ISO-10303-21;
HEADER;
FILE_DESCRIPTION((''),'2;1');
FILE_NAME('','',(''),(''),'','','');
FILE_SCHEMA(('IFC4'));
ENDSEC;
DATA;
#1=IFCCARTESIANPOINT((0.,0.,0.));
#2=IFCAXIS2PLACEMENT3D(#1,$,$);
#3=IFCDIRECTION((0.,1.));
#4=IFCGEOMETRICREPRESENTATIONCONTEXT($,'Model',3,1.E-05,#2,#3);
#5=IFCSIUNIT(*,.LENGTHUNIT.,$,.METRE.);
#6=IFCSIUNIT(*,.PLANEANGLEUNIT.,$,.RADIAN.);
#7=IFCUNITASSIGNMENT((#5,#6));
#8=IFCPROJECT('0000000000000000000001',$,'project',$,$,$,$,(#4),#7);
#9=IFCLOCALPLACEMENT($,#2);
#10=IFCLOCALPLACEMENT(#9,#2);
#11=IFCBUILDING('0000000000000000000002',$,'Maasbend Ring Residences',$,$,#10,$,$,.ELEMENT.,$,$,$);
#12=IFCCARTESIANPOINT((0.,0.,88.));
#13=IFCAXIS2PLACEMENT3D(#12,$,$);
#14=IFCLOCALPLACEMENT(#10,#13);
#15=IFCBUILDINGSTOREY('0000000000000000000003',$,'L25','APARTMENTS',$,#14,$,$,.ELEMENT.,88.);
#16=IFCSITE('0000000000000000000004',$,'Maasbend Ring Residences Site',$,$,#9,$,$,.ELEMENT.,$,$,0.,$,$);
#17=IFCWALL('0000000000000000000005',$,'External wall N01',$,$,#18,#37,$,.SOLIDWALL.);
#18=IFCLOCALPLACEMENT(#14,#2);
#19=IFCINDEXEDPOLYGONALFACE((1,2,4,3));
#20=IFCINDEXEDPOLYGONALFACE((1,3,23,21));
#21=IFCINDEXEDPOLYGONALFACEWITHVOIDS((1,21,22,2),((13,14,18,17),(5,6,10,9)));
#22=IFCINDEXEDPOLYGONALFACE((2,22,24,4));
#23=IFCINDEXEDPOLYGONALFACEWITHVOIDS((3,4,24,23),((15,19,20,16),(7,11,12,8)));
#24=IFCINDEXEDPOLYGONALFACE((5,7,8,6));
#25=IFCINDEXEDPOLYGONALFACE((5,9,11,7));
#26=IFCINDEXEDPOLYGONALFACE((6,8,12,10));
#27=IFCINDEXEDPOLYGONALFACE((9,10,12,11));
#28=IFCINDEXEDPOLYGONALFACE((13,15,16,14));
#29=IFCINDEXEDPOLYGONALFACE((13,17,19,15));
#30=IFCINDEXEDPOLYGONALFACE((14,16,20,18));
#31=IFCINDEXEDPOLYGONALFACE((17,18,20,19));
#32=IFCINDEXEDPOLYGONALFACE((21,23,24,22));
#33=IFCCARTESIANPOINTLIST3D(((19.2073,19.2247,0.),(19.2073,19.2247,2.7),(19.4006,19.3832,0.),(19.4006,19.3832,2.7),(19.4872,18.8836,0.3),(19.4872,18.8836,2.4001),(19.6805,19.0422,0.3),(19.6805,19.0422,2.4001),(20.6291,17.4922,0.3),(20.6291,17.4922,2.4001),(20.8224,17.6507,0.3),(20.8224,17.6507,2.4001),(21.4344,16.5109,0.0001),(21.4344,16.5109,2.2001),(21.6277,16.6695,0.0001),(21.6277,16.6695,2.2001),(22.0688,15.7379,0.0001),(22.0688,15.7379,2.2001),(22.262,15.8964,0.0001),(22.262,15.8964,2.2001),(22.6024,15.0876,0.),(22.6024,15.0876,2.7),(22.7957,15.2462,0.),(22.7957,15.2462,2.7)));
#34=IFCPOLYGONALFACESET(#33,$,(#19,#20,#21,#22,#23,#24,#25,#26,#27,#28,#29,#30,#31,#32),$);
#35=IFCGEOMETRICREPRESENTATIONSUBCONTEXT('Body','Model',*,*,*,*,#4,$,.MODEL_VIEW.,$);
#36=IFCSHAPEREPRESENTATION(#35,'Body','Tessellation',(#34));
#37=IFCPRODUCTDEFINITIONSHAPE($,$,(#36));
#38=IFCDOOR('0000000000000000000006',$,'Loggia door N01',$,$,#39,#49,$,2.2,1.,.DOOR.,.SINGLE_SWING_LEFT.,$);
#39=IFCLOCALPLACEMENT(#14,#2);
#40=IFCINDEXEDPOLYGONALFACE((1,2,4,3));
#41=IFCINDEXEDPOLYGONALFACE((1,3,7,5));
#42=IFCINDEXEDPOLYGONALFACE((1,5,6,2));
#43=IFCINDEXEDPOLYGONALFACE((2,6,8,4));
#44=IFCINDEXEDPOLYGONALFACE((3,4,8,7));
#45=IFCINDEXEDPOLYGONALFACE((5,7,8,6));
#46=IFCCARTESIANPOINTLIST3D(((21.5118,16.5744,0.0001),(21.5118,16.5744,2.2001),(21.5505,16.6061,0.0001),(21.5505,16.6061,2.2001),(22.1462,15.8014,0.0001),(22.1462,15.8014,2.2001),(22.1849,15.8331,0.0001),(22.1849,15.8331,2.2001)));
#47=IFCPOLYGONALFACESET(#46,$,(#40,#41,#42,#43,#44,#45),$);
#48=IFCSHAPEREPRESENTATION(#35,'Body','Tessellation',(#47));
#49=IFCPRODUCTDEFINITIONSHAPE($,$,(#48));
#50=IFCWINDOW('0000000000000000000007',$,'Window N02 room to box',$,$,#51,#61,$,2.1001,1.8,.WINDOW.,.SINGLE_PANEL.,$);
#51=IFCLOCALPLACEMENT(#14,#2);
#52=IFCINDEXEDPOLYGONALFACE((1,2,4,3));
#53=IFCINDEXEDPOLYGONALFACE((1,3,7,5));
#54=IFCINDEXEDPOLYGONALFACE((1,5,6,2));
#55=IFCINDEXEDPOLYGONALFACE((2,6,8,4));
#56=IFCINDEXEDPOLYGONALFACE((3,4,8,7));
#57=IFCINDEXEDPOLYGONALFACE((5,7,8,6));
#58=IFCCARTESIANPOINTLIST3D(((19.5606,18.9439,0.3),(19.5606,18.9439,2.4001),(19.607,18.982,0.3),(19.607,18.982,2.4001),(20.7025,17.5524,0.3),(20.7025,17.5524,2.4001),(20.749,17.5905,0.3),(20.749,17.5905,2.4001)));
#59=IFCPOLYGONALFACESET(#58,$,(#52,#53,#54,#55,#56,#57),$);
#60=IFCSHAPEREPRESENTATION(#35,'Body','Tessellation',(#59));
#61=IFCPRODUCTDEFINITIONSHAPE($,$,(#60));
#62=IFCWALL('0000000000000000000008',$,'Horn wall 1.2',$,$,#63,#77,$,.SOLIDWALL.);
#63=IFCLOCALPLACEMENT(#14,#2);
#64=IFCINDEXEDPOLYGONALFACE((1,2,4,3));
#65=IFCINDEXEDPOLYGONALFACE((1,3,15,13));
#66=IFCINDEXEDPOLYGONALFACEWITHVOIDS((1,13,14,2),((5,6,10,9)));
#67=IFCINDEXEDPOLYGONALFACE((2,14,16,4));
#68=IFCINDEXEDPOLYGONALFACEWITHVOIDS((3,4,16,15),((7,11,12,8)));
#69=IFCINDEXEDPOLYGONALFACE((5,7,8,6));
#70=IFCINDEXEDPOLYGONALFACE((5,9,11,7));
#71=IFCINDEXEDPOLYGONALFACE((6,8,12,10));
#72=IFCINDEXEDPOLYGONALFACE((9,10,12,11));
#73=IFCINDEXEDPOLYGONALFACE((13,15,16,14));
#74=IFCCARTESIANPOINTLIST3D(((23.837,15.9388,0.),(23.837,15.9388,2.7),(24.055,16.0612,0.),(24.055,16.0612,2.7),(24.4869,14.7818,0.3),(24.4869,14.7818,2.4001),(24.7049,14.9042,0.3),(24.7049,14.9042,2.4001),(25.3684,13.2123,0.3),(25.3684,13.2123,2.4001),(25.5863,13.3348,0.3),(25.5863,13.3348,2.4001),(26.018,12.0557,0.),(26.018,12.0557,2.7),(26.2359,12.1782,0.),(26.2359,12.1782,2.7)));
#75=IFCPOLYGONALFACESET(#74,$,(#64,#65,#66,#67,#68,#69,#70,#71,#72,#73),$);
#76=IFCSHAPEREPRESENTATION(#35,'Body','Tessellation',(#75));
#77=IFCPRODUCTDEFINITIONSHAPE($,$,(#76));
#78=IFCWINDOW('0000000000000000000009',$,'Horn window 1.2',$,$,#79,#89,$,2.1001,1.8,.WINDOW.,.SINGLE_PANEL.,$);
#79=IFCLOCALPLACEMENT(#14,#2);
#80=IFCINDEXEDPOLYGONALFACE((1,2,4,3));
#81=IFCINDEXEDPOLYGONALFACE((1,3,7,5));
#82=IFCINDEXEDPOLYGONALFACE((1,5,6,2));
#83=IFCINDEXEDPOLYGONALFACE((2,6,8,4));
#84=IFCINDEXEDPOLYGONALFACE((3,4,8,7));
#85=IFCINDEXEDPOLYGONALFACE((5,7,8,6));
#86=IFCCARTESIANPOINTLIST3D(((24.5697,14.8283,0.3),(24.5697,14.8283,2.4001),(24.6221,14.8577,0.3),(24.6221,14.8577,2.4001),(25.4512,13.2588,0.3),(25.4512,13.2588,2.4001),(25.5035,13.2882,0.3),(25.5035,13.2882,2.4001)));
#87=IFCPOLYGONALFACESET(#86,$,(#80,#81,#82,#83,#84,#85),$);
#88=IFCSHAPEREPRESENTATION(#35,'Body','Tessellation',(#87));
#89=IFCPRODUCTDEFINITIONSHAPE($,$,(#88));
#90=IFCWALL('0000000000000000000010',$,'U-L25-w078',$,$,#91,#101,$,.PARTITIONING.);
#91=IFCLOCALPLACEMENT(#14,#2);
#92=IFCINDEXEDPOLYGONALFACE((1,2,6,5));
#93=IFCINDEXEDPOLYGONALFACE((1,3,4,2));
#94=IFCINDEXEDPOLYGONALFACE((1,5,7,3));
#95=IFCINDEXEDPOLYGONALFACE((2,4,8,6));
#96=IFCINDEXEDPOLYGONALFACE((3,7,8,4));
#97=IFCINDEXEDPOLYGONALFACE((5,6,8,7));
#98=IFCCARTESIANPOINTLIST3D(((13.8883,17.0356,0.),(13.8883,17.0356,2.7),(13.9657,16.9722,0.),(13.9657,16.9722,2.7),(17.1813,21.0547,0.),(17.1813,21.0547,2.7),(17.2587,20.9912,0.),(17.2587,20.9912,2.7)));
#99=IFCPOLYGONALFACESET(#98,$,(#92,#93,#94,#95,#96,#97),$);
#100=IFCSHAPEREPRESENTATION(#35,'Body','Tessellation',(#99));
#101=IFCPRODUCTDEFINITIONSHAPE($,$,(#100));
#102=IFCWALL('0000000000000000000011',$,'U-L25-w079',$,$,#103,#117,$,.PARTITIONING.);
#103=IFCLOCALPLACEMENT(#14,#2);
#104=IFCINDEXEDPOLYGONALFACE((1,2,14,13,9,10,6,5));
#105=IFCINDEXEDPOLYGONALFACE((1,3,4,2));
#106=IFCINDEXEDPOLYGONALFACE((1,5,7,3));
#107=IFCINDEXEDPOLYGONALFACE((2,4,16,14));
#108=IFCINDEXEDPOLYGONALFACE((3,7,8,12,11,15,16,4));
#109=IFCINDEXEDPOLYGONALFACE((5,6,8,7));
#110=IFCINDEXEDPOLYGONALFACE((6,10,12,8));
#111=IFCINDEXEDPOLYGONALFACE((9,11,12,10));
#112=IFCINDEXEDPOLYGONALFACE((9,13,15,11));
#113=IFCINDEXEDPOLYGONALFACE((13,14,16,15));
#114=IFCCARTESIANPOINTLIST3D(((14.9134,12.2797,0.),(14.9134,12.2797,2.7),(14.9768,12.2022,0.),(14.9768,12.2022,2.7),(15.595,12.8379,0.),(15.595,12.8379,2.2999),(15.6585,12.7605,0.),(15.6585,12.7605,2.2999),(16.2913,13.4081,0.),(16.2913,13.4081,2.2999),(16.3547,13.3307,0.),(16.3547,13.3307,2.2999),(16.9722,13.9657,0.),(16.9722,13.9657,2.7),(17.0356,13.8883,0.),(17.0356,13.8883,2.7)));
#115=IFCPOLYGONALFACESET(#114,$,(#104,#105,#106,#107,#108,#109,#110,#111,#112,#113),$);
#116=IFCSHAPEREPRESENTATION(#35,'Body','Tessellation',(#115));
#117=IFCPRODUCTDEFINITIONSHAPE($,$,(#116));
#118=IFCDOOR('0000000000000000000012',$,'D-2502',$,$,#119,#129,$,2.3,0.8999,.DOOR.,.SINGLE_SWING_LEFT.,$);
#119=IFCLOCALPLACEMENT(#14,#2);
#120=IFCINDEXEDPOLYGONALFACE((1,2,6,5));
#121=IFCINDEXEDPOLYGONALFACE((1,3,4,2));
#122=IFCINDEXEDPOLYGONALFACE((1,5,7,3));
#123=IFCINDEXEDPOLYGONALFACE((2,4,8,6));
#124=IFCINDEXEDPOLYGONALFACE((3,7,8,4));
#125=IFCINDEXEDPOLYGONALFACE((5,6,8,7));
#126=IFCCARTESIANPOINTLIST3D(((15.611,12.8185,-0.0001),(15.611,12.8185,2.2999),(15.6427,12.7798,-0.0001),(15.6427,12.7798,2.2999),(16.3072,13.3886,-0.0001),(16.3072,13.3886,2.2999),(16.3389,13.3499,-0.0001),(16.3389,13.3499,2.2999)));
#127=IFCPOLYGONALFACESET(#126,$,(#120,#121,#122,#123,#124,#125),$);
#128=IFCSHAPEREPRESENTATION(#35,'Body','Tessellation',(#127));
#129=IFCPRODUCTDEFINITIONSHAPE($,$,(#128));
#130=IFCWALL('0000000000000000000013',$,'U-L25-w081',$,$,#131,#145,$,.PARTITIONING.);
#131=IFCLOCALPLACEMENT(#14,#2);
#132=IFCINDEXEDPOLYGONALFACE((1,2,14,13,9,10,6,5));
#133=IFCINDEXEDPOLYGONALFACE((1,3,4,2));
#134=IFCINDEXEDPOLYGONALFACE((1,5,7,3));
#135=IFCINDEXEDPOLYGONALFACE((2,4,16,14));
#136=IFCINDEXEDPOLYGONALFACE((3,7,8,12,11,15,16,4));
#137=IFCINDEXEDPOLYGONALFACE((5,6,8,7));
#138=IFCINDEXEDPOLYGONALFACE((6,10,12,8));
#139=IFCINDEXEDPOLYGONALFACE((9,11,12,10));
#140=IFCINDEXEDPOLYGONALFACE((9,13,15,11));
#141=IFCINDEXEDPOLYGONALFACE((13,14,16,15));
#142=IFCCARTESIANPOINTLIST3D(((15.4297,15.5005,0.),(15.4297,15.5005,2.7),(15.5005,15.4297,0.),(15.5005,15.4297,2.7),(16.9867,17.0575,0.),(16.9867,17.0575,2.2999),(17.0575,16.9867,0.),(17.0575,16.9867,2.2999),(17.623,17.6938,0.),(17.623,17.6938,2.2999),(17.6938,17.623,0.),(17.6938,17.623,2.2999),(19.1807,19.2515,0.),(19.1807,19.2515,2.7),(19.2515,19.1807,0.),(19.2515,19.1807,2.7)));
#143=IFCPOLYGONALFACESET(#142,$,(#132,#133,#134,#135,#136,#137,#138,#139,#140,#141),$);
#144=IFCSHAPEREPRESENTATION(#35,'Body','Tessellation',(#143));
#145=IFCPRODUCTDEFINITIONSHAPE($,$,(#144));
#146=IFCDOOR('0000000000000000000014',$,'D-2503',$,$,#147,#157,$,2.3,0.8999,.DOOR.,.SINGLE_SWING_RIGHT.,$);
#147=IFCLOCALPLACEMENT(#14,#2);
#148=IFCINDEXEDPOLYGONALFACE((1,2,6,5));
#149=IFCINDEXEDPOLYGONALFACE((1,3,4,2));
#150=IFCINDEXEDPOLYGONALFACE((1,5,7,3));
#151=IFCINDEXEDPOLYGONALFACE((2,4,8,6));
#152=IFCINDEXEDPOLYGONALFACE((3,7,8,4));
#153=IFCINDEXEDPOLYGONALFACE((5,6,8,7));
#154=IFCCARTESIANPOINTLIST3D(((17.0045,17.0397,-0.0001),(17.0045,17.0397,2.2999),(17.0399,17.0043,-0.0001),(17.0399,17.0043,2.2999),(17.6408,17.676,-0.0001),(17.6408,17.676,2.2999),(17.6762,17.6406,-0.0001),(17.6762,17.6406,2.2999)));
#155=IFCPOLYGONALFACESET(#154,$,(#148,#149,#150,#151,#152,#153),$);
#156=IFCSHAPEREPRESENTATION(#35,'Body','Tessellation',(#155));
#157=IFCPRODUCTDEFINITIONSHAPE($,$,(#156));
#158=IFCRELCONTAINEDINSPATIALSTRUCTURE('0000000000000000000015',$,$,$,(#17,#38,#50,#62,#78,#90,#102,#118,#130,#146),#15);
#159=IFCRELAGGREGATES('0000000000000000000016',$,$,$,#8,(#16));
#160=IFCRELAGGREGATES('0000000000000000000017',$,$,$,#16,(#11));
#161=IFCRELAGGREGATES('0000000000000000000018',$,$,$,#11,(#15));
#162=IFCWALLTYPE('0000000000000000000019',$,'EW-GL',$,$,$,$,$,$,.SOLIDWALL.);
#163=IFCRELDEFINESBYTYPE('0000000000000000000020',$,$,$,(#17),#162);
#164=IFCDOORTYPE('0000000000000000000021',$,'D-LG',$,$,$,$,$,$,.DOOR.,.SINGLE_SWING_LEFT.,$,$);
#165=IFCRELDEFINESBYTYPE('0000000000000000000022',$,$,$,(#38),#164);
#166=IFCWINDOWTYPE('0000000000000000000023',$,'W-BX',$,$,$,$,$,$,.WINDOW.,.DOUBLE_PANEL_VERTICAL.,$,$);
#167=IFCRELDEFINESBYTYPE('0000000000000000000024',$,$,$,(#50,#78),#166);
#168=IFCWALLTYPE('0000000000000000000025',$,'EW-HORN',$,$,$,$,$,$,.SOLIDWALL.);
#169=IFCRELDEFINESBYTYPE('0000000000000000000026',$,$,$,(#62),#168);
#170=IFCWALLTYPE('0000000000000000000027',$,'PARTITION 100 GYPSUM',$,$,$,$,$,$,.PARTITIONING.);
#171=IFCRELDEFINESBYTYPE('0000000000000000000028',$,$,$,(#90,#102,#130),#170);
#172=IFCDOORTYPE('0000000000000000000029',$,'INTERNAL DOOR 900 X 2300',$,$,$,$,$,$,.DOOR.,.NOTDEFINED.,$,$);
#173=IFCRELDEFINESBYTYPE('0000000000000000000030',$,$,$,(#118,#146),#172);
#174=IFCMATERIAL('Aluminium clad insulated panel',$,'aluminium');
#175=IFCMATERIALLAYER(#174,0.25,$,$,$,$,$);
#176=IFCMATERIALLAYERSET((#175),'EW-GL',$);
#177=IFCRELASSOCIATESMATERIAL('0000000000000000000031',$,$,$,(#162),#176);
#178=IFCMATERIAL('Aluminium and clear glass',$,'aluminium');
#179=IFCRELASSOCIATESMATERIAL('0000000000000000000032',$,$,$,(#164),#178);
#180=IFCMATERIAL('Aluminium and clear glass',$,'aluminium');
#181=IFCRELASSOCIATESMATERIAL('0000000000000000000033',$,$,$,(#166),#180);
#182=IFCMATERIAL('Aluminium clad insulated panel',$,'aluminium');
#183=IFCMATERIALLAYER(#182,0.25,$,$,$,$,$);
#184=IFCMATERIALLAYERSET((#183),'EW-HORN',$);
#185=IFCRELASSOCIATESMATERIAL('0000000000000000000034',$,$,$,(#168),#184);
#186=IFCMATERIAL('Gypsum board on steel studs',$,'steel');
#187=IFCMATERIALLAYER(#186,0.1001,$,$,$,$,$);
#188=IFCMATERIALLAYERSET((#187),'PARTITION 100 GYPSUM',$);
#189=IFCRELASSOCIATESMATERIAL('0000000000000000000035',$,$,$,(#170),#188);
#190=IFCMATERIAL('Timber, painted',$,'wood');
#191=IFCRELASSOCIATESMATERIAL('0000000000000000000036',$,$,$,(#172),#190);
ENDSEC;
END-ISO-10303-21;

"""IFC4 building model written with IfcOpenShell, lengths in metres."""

from ifc_helpers import new_model, si_unit, direction, frame, frame_2d, origin, place, context, subcontext, project, spatial, rectangle, extrude, material, layer, layer_set, type_object, element, fill, save


model = new_model("IFC4")

# Units and contexts
model_context = context("Model", 3, precision=1e-05, world=origin(), true_north=direction((0.0, 1.0)))
body_context = subcontext(model_context, "Body", "Model", "MODEL_VIEW")
ifc_project = project(units=[si_unit("LENGTHUNIT", "METRE"), si_unit("PLANEANGLEUNIT", "RADIAN")], contexts=[model_context])

# Site, building, storey
site_placement = place(None, origin())
site = spatial("IfcSite", under=ifc_project, at=site_placement, Name="Maasbend Ring Residences Site", CompositionType="ELEMENT", RefElevation=0.0)
building_placement = place(site_placement, origin())
building = spatial("IfcBuilding", under=site, at=building_placement, Name="Maasbend Ring Residences", CompositionType="ELEMENT")
storey_placement = place(building_placement, frame((0.0, 0.0, 88.0)))
storey = spatial("IfcBuildingStorey", under=building, at=storey_placement, Name="L25", Description="APARTMENTS", CompositionType="ELEMENT", Elevation=88.0)

# Wall, openings, door, window
ifc_material_1 = material(Name="Aluminium clad insulated panel", Category="aluminium")
ifc_layer_1 = layer(ifc_material_1, 0.25)
ifc_layer_set_1 = layer_set([ifc_layer_1], Name="EW-GL")
wall_type_1 = type_object("IfcWallType", Name="EW-GL", PredefinedType="SOLIDWALL", material=ifc_layer_set_1)
wall_1_placement = place(storey_placement, frame((22.699, 15.167, 0.0), z_axis=(0.0, 0.0, 1.0), x_axis=(-0.634382, 0.773019, 0.0)))
wall_1 = element("IfcWall", 1, at=wall_1_placement, inside=storey, type_object=wall_type_1, Name="External wall N01", PredefinedType="SOLIDWALL", context=body_context, shape_type="SweptSolid", body=[
    extrude(rectangle(XDim=5.3518, YDim=0.25, at=frame_2d((2.6758, 0.0))), origin(), (0.0, 0.0, 1.0), 2.7),
])
opening_1_placement = place(wall_1_placement, frame((0.8411, 0.0, 0.0)))
opening_1 = element("IfcOpeningElement", 2, at=opening_1_placement, cuts=wall_1, PredefinedType="OPENING", context=body_context, shape_type="SweptSolid", body=[
    extrude(rectangle(XDim=1.0, YDim=2.2, at=frame_2d((0.5, 1.1001))), frame((0.0, 0.135, 0.0), z_axis=(0.0, -1.0, 0.0), x_axis=(1.0, 0.0, 0.0)), (0.0, 0.0, 1.0), 0.27),
])
opening_2_placement = place(wall_1_placement, frame((3.1106, 0.0, 0.3)))
opening_2 = element("IfcOpeningElement", 3, at=opening_2_placement, cuts=wall_1, PredefinedType="OPENING", context=body_context, shape_type="SweptSolid", body=[
    extrude(rectangle(XDim=1.8, YDim=2.1001, at=frame_2d((0.8999, 1.05))), frame((0.0, 0.135, 0.0), z_axis=(0.0, -1.0, 0.0), x_axis=(1.0, 0.0, 0.0)), (0.0, 0.0, 1.0), 0.27),
])
ifc_material_2 = material(Name="Aluminium and clear glass", Category="aluminium")
door_type_1 = type_object("IfcDoorType", Name="D-LG", OperationType="SINGLE_SWING_LEFT", PredefinedType="DOOR", material=ifc_material_2)
door_1_placement = place(opening_1_placement, origin())
door_1 = element("IfcDoor", 4, at=door_1_placement, inside=storey, type_object=door_type_1, Name="Loggia door N01", OperationType="SINGLE_SWING_LEFT", OverallHeight=2.2, OverallWidth=1.0, PredefinedType="DOOR", context=body_context, shape_type="SweptSolid", body=[
    extrude(rectangle(XDim=1.0, YDim=2.2, at=frame_2d((0.5, 1.1001))), frame((0.0, 0.0249, 0.0), z_axis=(0.0, -1.0, 0.0), x_axis=(1.0, 0.0, 0.0)), (0.0, 0.0, 1.0), 0.05),
])
fill(opening_1, door_1)
ifc_material_3 = material(Name="Aluminium and clear glass", Category="aluminium")
window_type = type_object("IfcWindowType", Name="W-BX", PartitioningType="DOUBLE_PANEL_VERTICAL", PredefinedType="WINDOW", material=ifc_material_3)
window_1_placement = place(opening_2_placement, origin())
window_1 = element("IfcWindow", 5, at=window_1_placement, inside=storey, type_object=window_type, Name="Window N02 room to box", OverallHeight=2.1001, OverallWidth=1.8, PartitioningType="SINGLE_PANEL", PredefinedType="WINDOW", context=body_context, shape_type="SweptSolid", body=[
    extrude(rectangle(XDim=1.8, YDim=2.1001, at=frame_2d((0.8999, 1.05))), frame((0.0, 0.03, 0.0), z_axis=(0.0, -1.0, 0.0), x_axis=(1.0, 0.0, 0.0)), (0.0, 0.0, 1.0), 0.0601),
])
fill(opening_2, window_1)

# Wall, opening, window
ifc_material_4 = material(Name="Aluminium clad insulated panel", Category="aluminium")
ifc_layer_2 = layer(ifc_material_4, 0.25)
ifc_layer_set_2 = layer_set([ifc_layer_2], Name="EW-HORN")
wall_type_2 = type_object("IfcWallType", Name="EW-HORN", PredefinedType="SOLIDWALL", material=ifc_layer_set_2)
wall_2_placement = place(storey_placement, frame((26.127, 12.1169, 0.0), z_axis=(0.0, 0.0, 1.0), x_axis=(-0.489696, 0.871893, 0.0)))
wall_2 = element("IfcWall", 6, at=wall_2_placement, inside=storey, type_object=wall_type_2, Name="Horn wall 1.2", PredefinedType="SOLIDWALL", context=body_context, shape_type="SweptSolid", body=[
    extrude(rectangle(XDim=4.4536, YDim=0.25, at=frame_2d((2.2268, 0.0))), origin(), (0.0, 0.0, 1.0), 2.7),
])
opening_3_placement = place(wall_2_placement, frame((1.3267, 0.0, 0.3)))
opening_3 = element("IfcOpeningElement", 7, at=opening_3_placement, cuts=wall_2, PredefinedType="OPENING", context=body_context, shape_type="SweptSolid", body=[
    extrude(rectangle(XDim=1.8, YDim=2.1001, at=frame_2d((0.8999, 1.05))), frame((0.0, 0.135, 0.0), z_axis=(0.0, -1.0, 0.0), x_axis=(1.0, 0.0, 0.0)), (0.0, 0.0, 1.0), 0.27),
])
window_2_placement = place(opening_3_placement, origin())
window_2 = element("IfcWindow", 8, at=window_2_placement, inside=storey, type_object=window_type, Name="Horn window 1.2", OverallHeight=2.1001, OverallWidth=1.8, PartitioningType="SINGLE_PANEL", PredefinedType="WINDOW", context=body_context, shape_type="SweptSolid", body=[
    extrude(rectangle(XDim=1.8, YDim=2.1001, at=frame_2d((0.8999, 1.05))), frame((0.0, 0.03, 0.0), z_axis=(0.0, -1.0, 0.0), x_axis=(1.0, 0.0, 0.0)), (0.0, 0.0, 1.0), 0.0601),
])
fill(opening_3, window_2)

# Wall
ifc_material_5 = material(Name="Gypsum board on steel studs", Category="steel")
ifc_layer_3 = layer(ifc_material_5, 0.1001)
ifc_layer_set_3 = layer_set([ifc_layer_3], Name="PARTITION 100 GYPSUM")
wall_type_3 = type_object("IfcWallType", Name="PARTITION 100 GYPSUM", PredefinedType="PARTITIONING", material=ifc_layer_set_3)
wall_3_placement = place(storey_placement, frame((13.927, 17.0039, 0.0), z_axis=(0.0, 0.0, 1.0), x_axis=(0.633775, 0.773517, 0.0)))
element("IfcWall", 9, at=wall_3_placement, inside=storey, type_object=wall_type_3, Name="U-L25-w078", PredefinedType="PARTITIONING", context=body_context, shape_type="SweptSolid", body=[
    extrude(rectangle(XDim=5.1958, YDim=0.1001, at=frame_2d((2.5979, 0.0))), origin(), (0.0, 0.0, 1.0), 2.7),
])

# Walls, openings, doors
wall_4_placement = place(storey_placement, frame((14.9451, 12.241, 0.0), z_axis=(0.0, 0.0, 1.0), x_axis=(0.773675, 0.633582, 0.0)))
wall_4 = element("IfcWall", 10, at=wall_4_placement, inside=storey, type_object=wall_type_3, Name="U-L25-w079", PredefinedType="PARTITIONING", context=body_context, shape_type="SweptSolid", body=[
    extrude(rectangle(XDim=2.6611, YDim=0.1001, at=frame_2d((1.3306, 0.0))), origin(), (0.0, 0.0, 1.0), 2.7),
])
opening_4_placement = place(wall_4_placement, frame((0.8811, 0.0, 0.0)))
opening_4 = element("IfcOpeningElement", 11, at=opening_4_placement, cuts=wall_4, PredefinedType="OPENING", context=body_context, shape_type="SweptSolid", body=[
    extrude(rectangle(XDim=0.8999, YDim=2.3, at=frame_2d((0.45, 1.1499))), frame((0.0, 0.0601, 0.0), z_axis=(0.0, -1.0, 0.0), x_axis=(1.0, 0.0, 0.0)), (0.0, 0.0, 1.0), 0.1201),
])
ifc_material_6 = material(Name="Timber, painted", Category="wood")
door_type_2 = type_object("IfcDoorType", Name="INTERNAL DOOR 900 X 2300", OperationType="NOTDEFINED", PredefinedType="DOOR", material=ifc_material_6)
door_2_placement = place(opening_4_placement, origin())
door_2 = element("IfcDoor", 12, at=door_2_placement, inside=storey, type_object=door_type_2, Name="D-2502", OperationType="SINGLE_SWING_LEFT", OverallHeight=2.3, OverallWidth=0.8999, PredefinedType="DOOR", context=body_context, shape_type="SweptSolid", body=[
    extrude(rectangle(XDim=0.8999, YDim=2.3, at=frame_2d((0.45, 1.1499))), frame((0.0, 0.0249, 0.0), z_axis=(0.0, -1.0, 0.0), x_axis=(1.0, 0.0, 0.0)), (0.0, 0.0, 1.0), 0.05),
])
fill(opening_4, door_2)
wall_5_placement = place(storey_placement, frame((15.4651, 15.4651, 0.0), z_axis=(0.0, 0.0, 1.0), x_axis=(0.707107, 0.707107, 0.0)))
wall_5 = element("IfcWall", 13, at=wall_5_placement, inside=storey, type_object=wall_type_3, Name="U-L25-w081", PredefinedType="PARTITIONING", context=body_context, shape_type="SweptSolid", body=[
    extrude(rectangle(XDim=5.3047, YDim=0.1001, at=frame_2d((2.6523, 0.0))), origin(), (0.0, 0.0, 1.0), 2.7),
])
opening_5_placement = place(wall_5_placement, frame((2.2019, 0.0, 0.0)))
opening_5 = element("IfcOpeningElement", 14, at=opening_5_placement, cuts=wall_5, PredefinedType="OPENING", context=body_context, shape_type="SweptSolid", body=[
    extrude(rectangle(XDim=0.8999, YDim=2.3, at=frame_2d((0.45, 1.1499))), frame((0.0, 0.0601, 0.0), z_axis=(0.0, -1.0, 0.0), x_axis=(1.0, 0.0, 0.0)), (0.0, 0.0, 1.0), 0.1201),
])
door_3_placement = place(opening_5_placement, origin())
door_3 = element("IfcDoor", 15, at=door_3_placement, inside=storey, type_object=door_type_2, Name="D-2503", OperationType="SINGLE_SWING_RIGHT", OverallHeight=2.3, OverallWidth=0.8999, PredefinedType="DOOR", context=body_context, shape_type="SweptSolid", body=[
    extrude(rectangle(XDim=0.8999, YDim=2.3, at=frame_2d((0.45, 1.1499))), frame((0.0, 0.0249, 0.0), z_axis=(0.0, -1.0, 0.0), x_axis=(1.0, 0.0, 0.0)), (0.0, 0.0, 1.0), 0.05),
])
fill(opening_5, door_3)

save(model, "model.ifc")
